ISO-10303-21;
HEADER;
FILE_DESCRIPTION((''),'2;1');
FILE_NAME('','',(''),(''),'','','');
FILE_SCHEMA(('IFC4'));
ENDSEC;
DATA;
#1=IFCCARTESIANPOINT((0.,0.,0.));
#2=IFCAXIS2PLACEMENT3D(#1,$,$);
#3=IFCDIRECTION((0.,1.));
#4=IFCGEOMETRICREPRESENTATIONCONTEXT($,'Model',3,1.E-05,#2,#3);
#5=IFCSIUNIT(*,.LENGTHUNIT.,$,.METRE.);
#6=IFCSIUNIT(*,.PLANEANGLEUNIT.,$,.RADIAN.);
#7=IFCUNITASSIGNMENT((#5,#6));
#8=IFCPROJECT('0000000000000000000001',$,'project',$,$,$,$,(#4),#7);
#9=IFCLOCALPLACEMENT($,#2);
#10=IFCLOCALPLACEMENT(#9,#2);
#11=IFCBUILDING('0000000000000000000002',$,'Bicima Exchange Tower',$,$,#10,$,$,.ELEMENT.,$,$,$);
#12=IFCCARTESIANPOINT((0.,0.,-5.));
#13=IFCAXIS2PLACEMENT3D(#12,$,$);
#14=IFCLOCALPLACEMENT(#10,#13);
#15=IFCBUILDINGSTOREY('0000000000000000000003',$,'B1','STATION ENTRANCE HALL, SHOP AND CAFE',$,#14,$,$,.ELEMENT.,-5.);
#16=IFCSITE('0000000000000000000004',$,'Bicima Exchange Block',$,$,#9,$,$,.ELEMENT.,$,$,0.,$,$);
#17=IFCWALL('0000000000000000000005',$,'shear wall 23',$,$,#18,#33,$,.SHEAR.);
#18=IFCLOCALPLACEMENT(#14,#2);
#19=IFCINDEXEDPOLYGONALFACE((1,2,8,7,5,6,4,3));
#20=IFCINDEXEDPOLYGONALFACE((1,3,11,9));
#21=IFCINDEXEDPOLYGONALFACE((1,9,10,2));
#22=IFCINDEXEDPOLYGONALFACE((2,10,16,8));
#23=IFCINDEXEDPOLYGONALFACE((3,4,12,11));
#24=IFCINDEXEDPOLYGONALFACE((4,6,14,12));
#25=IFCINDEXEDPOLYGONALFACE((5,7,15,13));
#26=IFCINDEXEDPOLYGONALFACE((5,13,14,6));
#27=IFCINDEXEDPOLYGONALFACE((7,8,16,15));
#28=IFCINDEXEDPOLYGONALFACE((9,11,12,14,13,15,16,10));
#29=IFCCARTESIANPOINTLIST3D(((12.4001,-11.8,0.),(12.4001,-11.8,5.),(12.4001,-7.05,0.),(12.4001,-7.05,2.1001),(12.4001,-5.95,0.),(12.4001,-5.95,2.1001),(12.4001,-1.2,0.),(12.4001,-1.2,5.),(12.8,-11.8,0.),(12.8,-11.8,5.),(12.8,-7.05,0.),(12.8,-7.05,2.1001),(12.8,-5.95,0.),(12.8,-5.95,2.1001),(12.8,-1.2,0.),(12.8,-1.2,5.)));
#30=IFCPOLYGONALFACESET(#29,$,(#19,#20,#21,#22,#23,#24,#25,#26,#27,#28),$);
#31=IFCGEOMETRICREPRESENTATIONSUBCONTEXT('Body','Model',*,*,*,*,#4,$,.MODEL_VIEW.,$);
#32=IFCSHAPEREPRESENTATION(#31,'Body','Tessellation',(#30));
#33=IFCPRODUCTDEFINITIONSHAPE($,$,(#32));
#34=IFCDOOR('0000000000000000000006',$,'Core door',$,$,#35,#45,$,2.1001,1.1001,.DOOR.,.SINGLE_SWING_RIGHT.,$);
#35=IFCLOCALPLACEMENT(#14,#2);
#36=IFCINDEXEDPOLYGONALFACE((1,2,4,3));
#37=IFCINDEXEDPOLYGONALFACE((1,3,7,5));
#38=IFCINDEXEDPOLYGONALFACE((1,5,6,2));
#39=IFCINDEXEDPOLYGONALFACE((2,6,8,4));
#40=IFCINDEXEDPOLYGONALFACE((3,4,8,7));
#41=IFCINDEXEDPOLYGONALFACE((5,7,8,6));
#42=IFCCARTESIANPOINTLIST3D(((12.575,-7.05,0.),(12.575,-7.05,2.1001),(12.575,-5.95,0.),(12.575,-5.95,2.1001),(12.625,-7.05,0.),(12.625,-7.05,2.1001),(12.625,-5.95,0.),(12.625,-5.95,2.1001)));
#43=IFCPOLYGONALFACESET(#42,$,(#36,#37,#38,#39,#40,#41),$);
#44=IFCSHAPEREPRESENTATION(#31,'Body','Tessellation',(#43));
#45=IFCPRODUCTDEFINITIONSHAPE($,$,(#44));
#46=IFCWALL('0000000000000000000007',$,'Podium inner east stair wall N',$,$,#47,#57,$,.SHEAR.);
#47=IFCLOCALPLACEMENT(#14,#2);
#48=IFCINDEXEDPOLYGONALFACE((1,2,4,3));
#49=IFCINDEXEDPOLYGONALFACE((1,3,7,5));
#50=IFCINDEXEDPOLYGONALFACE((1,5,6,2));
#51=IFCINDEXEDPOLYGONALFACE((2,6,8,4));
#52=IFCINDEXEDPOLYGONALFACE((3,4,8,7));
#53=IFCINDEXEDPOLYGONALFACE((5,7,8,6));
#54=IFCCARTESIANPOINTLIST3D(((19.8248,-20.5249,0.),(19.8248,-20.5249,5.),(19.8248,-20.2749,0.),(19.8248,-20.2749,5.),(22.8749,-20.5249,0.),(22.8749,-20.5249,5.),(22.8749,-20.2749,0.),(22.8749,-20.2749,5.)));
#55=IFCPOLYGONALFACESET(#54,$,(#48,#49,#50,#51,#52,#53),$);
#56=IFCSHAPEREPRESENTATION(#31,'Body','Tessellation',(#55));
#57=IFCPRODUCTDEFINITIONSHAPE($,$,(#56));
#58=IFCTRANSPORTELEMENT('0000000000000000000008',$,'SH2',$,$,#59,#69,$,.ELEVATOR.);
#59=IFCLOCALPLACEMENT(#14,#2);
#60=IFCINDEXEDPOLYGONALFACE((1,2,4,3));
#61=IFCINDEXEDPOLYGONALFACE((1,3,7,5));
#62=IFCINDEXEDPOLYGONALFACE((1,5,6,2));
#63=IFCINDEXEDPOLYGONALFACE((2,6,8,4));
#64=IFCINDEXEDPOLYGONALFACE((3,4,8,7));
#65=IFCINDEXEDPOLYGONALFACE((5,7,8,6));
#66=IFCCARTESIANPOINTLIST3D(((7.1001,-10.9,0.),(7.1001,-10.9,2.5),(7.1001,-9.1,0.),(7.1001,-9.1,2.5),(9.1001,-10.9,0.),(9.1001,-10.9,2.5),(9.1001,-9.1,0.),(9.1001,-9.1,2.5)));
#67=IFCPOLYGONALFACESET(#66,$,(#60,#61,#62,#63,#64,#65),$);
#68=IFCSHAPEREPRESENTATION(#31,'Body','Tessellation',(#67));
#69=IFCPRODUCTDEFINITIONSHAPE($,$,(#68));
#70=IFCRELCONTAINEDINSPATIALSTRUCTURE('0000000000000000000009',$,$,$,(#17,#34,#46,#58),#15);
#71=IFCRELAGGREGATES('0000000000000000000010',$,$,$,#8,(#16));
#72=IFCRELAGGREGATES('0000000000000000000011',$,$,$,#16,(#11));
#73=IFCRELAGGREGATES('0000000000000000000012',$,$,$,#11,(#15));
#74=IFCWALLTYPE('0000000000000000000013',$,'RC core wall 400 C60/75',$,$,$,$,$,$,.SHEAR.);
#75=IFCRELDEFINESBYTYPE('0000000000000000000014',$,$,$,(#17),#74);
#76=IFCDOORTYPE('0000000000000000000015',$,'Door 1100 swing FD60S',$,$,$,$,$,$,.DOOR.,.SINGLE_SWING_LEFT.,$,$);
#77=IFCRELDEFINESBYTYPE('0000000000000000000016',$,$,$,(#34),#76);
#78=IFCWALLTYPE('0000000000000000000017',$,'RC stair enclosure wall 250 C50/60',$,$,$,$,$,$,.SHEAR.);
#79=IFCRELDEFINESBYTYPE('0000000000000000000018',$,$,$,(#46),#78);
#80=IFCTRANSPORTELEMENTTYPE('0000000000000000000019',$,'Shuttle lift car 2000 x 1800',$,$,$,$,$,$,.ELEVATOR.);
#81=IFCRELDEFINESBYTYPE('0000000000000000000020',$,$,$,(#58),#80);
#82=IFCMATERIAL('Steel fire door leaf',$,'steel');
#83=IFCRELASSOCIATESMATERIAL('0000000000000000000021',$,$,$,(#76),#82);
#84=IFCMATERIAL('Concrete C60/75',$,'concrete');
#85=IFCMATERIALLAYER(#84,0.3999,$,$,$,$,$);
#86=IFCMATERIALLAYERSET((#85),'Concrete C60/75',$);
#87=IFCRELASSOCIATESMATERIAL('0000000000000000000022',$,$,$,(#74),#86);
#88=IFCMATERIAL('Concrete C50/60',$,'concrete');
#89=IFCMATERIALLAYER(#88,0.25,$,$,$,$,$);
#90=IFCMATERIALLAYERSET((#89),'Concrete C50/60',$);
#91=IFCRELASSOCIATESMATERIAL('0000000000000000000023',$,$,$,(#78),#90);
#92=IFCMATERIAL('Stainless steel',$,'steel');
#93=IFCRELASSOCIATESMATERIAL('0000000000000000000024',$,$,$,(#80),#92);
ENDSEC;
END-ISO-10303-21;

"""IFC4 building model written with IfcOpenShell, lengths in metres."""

from ifc_helpers import new_model, si_unit, direction, frame, frame_2d, origin, origin_2d, place, context, subcontext, project, spatial, rectangle, extrude, material, layer, layer_set, type_object, element, fill, save


model = new_model("IFC4")

# Units and contexts
model_context = context("Model", 3, precision=1e-05, world=origin(), true_north=direction((0.0, 1.0)))
body_context = subcontext(model_context, "Body", "Model", "MODEL_VIEW")
ifc_project = project(units=[si_unit("LENGTHUNIT", "METRE"), si_unit("PLANEANGLEUNIT", "RADIAN")], contexts=[model_context])

# Site, building, storey
site_placement = place(None, origin())
site = spatial("IfcSite", under=ifc_project, at=site_placement, Name="Bicima Exchange Block", CompositionType="ELEMENT", RefElevation=0.0)
building_placement = place(site_placement, origin())
building = spatial("IfcBuilding", under=site, at=building_placement, Name="Bicima Exchange Tower", CompositionType="ELEMENT")
storey_placement = place(building_placement, frame((0.0, 0.0, -5.0)))
storey = spatial("IfcBuildingStorey", under=building, at=storey_placement, Name="B1", Description="STATION ENTRANCE HALL, SHOP AND CAFE", CompositionType="ELEMENT", Elevation=-5.0)

# Shared definitions
ifc_material_1 = material(Name="Steel fire door leaf", Category="steel")

# Shared definitions
ifc_material_2 = material(Name="Concrete C50/60", Category="concrete")

# Shared definitions
door_type_1 = type_object("IfcDoorType", Name="Door 1100 swing FD60S", OperationType="SINGLE_SWING_LEFT", PredefinedType="DOOR", material=ifc_material_1)

# Wall, opening, door
ifc_material_3 = material(Name="Concrete C60/75", Category="concrete")
ifc_layer_1 = layer(ifc_material_3, 0.3999)
ifc_layer_set_1 = layer_set([ifc_layer_1], Name="Concrete C60/75")
wall_type_1 = type_object("IfcWallType", Name="RC core wall 400 C60/75", PredefinedType="SHEAR", material=ifc_layer_set_1)
wall_1_placement = place(storey_placement, frame((12.6001, -11.8, 0.0), z_axis=(0.0, 0.0, 1.0), x_axis=(0.0, 1.0, 0.0)))
wall_1 = element("IfcWall", 1, at=wall_1_placement, inside=storey, type_object=wall_type_1, Name="shear wall 23", PredefinedType="SHEAR", context=body_context, shape_type="SweptSolid", body=[
    extrude(rectangle(XDim=10.6001, YDim=0.3999, at=frame_2d((5.3, 0.0))), origin(), (0.0, 0.0, 1.0), 5.0),
])
opening_1_placement = place(wall_1_placement, frame((4.75, 0.0, 0.0)))
opening_1 = element("IfcOpeningElement", 2, at=opening_1_placement, cuts=wall_1, PredefinedType="OPENING", context=body_context, shape_type="SweptSolid", body=[
    extrude(rectangle(XDim=1.1001, YDim=2.1001, at=frame_2d((0.55, 1.05))), frame((0.0, 0.2119, 0.0), z_axis=(0.0, -1.0, 0.0), x_axis=(1.0, 0.0, 0.0)), (0.0, 0.0, 1.0), 0.4238),
])
door_1_placement = place(opening_1_placement, frame((1.1001, 0.0, 0.0), z_axis=(0.0, 0.0, 1.0), x_axis=(-1.0, 0.0, 0.0)))
door_1 = element("IfcDoor", 3, at=door_1_placement, inside=storey, type_object=door_type_1, Name="Core door", OperationType="SINGLE_SWING_RIGHT", OverallHeight=2.1001, OverallWidth=1.1001, PredefinedType="DOOR", context=body_context, shape_type="SweptSolid", body=[
    extrude(rectangle(XDim=1.1001, YDim=2.1001, at=frame_2d((0.55, 1.05))), frame((0.0, 0.0249, 0.0), z_axis=(0.0, -1.0, 0.0), x_axis=(1.0, 0.0, 0.0)), (0.0, 0.0, 1.0), 0.05),
])
fill(opening_1, door_1)

# Wall
ifc_layer_2 = layer(ifc_material_2, 0.25)
ifc_layer_set_2 = layer_set([ifc_layer_2], Name="Concrete C50/60")
wall_type_2 = type_object("IfcWallType", Name="RC stair enclosure wall 250 C50/60", PredefinedType="SHEAR", material=ifc_layer_set_2)
wall_2_placement = place(storey_placement, frame((19.825, -20.3999, 0.0), z_axis=(0.0, 0.0, 1.0), x_axis=(1.0, 0.0, 0.0)))
element("IfcWall", 4, at=wall_2_placement, inside=storey, type_object=wall_type_2, Name="Podium inner east stair wall N", PredefinedType="SHEAR", context=body_context, shape_type="SweptSolid", body=[
    extrude(rectangle(XDim=3.05, YDim=0.25, at=frame_2d((1.5249, 0.0))), origin(), (0.0, 0.0, 1.0), 5.0),
])

# Shared definitions
ifc_material_4 = material(Name="Stainless steel", Category="steel")

# Transport element
transport_element_type = type_object("IfcTransportElementType", Name="Shuttle lift car 2000 x 1800", PredefinedType="ELEVATOR", material=ifc_material_4)
transport_element_placement = place(storey_placement, frame((8.1001, -10.0, 0.0), z_axis=(0.0, 0.0, 1.0), x_axis=(1.0, 0.0, 0.0)))
element("IfcTransportElement", 5, at=transport_element_placement, inside=storey, type_object=transport_element_type, Name="SH2", PredefinedType="ELEVATOR", context=body_context, shape_type="SweptSolid", body=[
    extrude(rectangle(XDim=2.0, YDim=1.8, at=origin_2d()), origin(), (0.0, 0.0, 1.0), 2.5),
])

save(model, "model.ifc")
